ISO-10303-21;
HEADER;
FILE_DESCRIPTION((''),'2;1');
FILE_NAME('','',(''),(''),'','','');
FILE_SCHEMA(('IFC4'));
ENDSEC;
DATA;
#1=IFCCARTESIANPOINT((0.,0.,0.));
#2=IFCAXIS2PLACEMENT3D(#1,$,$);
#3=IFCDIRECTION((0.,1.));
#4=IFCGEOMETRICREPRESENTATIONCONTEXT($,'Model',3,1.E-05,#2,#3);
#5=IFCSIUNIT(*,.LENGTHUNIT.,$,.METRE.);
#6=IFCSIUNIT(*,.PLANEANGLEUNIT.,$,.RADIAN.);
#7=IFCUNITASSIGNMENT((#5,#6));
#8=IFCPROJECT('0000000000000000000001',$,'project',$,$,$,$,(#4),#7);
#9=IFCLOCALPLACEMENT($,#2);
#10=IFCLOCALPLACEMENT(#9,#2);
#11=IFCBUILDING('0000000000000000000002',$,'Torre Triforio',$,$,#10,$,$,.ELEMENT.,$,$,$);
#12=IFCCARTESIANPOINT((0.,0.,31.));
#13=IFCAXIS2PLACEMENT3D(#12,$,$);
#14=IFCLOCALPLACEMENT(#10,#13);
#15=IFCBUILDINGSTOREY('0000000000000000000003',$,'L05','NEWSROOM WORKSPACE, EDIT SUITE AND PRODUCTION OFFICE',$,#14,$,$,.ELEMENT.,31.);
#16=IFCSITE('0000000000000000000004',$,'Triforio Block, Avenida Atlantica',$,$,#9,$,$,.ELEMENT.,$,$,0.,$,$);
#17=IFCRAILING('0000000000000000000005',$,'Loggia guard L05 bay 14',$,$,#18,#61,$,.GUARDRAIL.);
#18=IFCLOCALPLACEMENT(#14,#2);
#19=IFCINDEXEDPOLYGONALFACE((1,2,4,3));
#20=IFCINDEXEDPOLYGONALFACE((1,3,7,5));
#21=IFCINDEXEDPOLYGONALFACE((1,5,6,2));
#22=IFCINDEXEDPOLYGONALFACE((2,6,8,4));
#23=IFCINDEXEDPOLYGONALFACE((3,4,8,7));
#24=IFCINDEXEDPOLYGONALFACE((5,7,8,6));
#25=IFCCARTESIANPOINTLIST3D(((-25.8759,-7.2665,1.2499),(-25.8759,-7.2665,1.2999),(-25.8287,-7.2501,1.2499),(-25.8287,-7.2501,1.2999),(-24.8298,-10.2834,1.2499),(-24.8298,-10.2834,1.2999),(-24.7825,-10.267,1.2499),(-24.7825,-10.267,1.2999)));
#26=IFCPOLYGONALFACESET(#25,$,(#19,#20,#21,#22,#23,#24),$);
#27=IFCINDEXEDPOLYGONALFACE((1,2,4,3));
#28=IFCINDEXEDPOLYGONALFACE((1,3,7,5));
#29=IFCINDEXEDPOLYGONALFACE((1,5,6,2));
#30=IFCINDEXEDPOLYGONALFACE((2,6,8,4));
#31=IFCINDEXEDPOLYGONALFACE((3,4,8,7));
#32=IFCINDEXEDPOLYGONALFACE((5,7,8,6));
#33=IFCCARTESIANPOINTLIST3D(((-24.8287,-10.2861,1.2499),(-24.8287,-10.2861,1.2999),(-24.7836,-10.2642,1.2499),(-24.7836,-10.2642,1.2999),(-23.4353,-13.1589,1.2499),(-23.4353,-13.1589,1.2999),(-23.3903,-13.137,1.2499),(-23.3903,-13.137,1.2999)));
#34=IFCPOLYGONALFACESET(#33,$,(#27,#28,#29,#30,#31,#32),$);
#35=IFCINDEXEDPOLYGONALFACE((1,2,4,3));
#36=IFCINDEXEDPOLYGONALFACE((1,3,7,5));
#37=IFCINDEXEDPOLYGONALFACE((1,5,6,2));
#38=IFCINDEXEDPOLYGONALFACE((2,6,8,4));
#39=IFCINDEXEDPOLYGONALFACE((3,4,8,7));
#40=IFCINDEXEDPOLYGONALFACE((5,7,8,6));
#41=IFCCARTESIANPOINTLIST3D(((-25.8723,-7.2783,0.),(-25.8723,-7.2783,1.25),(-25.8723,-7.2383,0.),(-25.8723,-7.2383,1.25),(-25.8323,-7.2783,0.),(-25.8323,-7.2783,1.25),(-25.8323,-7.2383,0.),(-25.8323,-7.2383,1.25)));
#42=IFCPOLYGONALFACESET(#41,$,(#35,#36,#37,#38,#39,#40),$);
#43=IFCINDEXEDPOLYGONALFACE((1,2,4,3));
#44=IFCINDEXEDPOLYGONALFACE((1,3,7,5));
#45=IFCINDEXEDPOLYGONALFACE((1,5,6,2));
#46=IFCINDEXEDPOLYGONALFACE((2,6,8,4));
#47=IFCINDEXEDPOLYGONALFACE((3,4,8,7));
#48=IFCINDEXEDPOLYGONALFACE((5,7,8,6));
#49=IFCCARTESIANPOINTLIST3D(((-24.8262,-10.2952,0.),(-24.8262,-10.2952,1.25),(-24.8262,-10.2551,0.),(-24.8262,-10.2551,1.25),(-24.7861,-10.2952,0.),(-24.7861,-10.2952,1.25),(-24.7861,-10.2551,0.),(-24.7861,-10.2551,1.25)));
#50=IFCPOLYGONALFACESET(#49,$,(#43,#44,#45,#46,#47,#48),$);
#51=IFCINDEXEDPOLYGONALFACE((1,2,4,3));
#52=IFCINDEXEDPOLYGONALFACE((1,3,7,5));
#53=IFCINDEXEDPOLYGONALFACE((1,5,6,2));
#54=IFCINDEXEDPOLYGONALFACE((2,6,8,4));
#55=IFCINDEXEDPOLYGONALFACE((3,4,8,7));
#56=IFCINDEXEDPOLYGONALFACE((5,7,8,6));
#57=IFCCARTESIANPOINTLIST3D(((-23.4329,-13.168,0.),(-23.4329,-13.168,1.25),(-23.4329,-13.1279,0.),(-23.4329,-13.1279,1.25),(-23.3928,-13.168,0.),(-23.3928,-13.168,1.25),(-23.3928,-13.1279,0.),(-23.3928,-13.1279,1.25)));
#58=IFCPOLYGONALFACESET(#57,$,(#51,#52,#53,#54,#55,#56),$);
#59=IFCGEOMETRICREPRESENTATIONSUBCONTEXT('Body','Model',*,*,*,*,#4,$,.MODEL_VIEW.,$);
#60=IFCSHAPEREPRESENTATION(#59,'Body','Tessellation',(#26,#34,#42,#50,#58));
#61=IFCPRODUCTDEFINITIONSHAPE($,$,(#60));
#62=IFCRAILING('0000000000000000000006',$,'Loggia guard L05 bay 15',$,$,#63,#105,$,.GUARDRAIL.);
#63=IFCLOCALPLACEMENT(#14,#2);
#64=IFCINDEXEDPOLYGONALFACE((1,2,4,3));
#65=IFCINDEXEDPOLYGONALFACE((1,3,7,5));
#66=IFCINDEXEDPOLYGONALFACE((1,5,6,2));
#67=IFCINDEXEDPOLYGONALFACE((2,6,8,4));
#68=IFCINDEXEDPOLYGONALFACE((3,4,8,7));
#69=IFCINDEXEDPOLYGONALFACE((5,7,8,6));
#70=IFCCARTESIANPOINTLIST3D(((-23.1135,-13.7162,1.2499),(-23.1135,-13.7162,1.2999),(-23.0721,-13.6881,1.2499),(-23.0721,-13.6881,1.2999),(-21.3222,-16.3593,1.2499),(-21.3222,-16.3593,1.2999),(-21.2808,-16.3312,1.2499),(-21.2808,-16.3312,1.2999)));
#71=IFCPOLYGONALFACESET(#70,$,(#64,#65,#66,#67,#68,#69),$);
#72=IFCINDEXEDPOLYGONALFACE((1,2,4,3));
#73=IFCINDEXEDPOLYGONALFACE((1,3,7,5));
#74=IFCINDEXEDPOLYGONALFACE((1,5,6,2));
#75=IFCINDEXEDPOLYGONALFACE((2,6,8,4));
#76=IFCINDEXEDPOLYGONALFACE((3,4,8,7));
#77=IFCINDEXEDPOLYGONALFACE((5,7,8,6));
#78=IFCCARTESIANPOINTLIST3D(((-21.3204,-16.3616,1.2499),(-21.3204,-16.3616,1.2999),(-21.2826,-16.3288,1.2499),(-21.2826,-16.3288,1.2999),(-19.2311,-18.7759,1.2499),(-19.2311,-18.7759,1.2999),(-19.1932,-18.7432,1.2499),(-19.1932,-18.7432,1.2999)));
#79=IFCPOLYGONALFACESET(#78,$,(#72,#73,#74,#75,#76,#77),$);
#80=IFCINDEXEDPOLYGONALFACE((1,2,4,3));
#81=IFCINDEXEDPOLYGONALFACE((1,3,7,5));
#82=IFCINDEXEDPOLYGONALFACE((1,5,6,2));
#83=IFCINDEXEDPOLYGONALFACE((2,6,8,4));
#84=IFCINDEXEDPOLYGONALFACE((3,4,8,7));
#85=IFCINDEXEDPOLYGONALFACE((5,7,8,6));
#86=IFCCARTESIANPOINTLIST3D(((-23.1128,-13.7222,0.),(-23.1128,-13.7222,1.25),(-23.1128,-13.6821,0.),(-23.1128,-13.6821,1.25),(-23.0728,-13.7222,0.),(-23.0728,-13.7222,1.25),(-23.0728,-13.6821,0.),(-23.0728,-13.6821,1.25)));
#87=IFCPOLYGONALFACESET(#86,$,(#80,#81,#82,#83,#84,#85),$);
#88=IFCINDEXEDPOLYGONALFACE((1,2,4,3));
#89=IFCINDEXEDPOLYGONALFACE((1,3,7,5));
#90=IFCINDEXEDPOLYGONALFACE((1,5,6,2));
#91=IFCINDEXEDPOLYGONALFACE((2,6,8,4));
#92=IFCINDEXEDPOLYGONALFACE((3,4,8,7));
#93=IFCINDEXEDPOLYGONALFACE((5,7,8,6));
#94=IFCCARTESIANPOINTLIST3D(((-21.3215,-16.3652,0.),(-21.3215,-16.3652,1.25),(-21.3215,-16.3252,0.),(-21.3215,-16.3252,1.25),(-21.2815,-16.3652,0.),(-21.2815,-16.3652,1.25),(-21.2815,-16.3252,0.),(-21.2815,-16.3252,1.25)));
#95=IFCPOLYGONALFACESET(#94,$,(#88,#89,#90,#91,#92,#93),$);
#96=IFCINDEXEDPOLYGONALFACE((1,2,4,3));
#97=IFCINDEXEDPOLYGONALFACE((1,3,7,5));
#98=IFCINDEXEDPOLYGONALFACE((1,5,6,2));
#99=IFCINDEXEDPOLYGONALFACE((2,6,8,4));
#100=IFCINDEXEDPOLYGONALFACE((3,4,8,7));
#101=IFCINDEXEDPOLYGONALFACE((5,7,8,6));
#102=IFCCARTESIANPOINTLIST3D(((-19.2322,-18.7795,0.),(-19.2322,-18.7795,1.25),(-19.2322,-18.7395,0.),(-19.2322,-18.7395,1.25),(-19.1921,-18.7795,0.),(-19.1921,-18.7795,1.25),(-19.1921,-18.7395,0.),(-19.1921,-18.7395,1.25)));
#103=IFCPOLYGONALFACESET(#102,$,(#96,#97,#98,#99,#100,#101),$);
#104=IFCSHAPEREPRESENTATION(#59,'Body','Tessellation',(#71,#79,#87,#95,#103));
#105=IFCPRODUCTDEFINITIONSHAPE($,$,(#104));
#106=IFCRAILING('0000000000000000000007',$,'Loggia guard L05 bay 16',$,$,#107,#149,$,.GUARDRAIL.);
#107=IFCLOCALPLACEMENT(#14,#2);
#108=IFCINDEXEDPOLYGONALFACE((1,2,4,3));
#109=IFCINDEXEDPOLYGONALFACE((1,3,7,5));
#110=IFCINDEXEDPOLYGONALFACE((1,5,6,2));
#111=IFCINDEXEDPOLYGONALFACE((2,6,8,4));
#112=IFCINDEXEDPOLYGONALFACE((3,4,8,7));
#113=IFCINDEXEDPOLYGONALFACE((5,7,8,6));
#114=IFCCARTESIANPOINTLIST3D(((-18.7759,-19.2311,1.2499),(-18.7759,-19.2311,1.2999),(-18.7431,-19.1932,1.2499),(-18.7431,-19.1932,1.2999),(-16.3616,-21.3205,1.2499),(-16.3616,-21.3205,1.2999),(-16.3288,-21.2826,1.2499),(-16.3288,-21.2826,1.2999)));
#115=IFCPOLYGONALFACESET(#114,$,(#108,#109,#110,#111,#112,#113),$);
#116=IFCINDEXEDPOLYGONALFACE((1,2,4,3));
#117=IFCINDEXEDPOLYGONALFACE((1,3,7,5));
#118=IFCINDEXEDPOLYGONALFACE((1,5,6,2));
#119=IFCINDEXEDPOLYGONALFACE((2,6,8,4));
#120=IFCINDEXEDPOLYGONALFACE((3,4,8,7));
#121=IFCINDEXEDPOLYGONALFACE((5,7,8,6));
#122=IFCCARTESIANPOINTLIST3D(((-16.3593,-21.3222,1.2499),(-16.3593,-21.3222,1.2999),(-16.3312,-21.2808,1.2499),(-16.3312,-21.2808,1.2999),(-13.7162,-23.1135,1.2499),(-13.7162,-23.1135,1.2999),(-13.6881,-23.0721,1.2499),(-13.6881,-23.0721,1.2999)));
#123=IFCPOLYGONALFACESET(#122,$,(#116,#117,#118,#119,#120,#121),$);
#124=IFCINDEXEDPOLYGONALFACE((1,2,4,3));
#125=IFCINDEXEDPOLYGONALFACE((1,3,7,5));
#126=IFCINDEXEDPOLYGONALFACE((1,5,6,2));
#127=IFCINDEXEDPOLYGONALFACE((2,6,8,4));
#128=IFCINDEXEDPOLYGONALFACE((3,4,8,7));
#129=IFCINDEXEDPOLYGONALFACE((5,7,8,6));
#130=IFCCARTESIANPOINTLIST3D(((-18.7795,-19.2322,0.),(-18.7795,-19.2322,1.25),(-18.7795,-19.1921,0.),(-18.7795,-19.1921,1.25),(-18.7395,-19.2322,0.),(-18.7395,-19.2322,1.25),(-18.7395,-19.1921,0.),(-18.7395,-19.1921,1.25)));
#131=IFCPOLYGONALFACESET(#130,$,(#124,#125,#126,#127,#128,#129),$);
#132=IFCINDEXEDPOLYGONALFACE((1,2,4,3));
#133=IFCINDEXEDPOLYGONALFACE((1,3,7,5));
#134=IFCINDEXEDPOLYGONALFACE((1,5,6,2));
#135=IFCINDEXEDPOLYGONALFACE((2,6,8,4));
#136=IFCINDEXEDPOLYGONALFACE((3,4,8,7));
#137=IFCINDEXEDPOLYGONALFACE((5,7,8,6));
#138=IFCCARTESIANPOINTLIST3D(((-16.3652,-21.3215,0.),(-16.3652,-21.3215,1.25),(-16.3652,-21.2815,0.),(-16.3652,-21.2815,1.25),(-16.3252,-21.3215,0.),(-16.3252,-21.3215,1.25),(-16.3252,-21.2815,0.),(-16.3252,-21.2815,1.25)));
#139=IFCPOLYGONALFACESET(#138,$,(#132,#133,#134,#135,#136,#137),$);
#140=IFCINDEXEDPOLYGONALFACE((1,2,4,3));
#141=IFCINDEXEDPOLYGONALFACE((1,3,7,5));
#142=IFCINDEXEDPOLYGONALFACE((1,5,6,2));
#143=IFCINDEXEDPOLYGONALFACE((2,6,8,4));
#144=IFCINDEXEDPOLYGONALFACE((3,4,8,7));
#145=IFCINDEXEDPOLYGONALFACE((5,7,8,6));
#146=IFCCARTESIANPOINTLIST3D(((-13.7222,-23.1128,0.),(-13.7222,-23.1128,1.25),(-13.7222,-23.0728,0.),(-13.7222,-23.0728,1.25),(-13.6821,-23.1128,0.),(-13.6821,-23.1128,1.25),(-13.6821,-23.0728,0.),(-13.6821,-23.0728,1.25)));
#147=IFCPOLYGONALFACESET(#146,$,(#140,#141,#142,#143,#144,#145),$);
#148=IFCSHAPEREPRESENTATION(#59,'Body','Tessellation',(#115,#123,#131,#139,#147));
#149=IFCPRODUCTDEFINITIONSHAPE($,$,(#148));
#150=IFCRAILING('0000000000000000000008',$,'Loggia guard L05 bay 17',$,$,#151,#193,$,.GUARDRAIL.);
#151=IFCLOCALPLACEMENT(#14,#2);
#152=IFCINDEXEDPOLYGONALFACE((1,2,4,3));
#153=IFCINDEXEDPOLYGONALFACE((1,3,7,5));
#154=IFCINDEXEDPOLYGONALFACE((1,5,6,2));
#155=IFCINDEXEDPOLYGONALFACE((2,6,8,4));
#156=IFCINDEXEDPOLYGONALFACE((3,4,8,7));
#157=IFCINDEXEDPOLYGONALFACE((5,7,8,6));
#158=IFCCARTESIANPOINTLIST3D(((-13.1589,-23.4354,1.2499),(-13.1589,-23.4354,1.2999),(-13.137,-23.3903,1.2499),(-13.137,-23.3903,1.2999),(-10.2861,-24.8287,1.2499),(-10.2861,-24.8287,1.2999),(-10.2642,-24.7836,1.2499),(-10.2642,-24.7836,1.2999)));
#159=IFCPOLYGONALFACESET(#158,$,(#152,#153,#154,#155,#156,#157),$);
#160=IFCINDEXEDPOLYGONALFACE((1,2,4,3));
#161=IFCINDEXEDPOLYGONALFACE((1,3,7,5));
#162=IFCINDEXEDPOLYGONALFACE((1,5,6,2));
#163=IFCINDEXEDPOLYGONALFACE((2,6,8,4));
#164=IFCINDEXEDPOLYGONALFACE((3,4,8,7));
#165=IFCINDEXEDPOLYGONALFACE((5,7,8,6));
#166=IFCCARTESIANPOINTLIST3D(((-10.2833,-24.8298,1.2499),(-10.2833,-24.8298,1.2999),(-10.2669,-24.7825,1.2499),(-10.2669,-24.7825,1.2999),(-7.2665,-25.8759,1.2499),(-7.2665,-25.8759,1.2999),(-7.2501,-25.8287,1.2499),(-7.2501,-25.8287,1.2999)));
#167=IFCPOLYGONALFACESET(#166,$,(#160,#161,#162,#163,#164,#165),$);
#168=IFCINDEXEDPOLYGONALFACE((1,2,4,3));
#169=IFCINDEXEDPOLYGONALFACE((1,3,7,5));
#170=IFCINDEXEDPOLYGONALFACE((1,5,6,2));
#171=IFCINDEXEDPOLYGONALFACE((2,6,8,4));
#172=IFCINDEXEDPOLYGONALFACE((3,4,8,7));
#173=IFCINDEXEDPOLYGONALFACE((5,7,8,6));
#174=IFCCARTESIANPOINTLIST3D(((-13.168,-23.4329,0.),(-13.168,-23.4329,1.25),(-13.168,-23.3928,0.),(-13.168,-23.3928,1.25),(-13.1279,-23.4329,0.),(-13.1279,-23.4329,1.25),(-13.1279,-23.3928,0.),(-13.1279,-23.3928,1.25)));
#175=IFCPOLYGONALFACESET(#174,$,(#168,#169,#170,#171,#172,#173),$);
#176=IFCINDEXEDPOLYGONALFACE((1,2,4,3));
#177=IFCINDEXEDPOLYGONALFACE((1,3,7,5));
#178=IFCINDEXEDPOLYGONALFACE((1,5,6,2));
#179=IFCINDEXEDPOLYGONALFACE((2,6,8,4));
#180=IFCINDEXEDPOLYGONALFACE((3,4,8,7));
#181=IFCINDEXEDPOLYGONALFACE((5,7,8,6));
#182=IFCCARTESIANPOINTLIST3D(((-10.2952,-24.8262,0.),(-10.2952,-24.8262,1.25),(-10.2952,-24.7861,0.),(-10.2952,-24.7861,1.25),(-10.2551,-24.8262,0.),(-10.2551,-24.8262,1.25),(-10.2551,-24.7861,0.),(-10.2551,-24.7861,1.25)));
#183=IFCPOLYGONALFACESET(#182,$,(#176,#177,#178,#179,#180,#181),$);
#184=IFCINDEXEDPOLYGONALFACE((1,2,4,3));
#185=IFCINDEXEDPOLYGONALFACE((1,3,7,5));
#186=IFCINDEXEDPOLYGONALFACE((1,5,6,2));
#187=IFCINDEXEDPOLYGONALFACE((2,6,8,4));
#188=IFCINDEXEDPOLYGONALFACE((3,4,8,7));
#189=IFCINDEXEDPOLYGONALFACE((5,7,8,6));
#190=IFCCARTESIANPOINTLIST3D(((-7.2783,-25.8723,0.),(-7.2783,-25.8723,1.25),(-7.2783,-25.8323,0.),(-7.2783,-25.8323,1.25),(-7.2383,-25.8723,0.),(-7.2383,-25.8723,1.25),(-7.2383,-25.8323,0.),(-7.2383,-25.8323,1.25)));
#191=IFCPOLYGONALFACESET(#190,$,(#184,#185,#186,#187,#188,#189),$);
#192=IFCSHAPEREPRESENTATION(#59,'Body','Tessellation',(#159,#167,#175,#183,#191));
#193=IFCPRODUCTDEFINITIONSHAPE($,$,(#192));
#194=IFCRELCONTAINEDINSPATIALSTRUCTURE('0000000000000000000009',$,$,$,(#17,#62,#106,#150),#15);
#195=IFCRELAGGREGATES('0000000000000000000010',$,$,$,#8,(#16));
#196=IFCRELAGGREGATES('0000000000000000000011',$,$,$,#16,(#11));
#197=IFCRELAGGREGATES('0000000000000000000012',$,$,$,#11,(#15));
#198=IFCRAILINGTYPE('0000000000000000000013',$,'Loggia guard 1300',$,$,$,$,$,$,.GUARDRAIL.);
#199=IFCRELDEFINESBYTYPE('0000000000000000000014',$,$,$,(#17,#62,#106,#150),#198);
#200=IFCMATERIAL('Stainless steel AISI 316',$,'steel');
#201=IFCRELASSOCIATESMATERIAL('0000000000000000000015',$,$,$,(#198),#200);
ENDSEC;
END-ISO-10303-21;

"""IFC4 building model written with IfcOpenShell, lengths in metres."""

from ifc_helpers import new_model, si_unit, direction, frame, origin, origin_2d, place, context, subcontext, project, spatial, rectangle, extrude, material, type_object, element, save


model = new_model("IFC4")

# Units and contexts
model_context = context("Model", 3, precision=1e-05, world=origin(), true_north=direction((0.0, 1.0)))
body_context = subcontext(model_context, "Body", "Model", "MODEL_VIEW")
ifc_project = project(units=[si_unit("LENGTHUNIT", "METRE"), si_unit("PLANEANGLEUNIT", "RADIAN")], contexts=[model_context])

# Site, building, storey
site_placement = place(None, origin())
site = spatial("IfcSite", under=ifc_project, at=site_placement, Name="Triforio Block, Avenida Atlantica", CompositionType="ELEMENT", RefElevation=0.0)
building_placement = place(site_placement, origin())
building = spatial("IfcBuilding", under=site, at=building_placement, Name="Torre Triforio", CompositionType="ELEMENT")
storey_placement = place(building_placement, frame((0.0, 0.0, 31.0)))
storey = spatial("IfcBuildingStorey", under=building, at=storey_placement, Name="L05", Description="NEWSROOM WORKSPACE, EDIT SUITE AND PRODUCTION OFFICE", CompositionType="ELEMENT", Elevation=31.0)

# Railings
ifc_material_1 = material(Name="Stainless steel AISI 316", Category="steel")
railing_type = type_object("IfcRailingType", Name="Loggia guard 1300", PredefinedType="GUARDRAIL", material=ifc_material_1)
railing_1_placement = place(storey_placement, frame((-25.8523, -7.2583, 0.0)))
element("IfcRailing", 1, at=railing_1_placement, inside=storey, type_object=railing_type, Name="Loggia guard L05 bay 14", PredefinedType="GUARDRAIL", context=body_context, shape_type="SweptSolid", body=[
    extrude(rectangle(XDim=0.05, YDim=0.05, at=origin_2d()), frame((0.0, 0.0, 1.2749), z_axis=(0.327628, -0.944807, 0.0), x_axis=(0.944807, 0.327628, 0.0)), (0.0, 0.0, 1.0), 3.1931),
    extrude(rectangle(XDim=0.05, YDim=0.05, at=origin_2d()), frame((1.0461, -3.0168, 1.2749), z_axis=(0.436384, -0.89976, 0.0), x_axis=(0.89976, 0.436384, 0.0)), (0.0, 0.0, 1.0), 3.1929),
    extrude(rectangle(XDim=0.04, YDim=0.04, at=origin_2d()), origin(), (0.0, 0.0, 1.0), 1.25),
    extrude(rectangle(XDim=0.04, YDim=0.04, at=origin_2d()), frame((1.0461, -3.0168, 0.0)), (0.0, 0.0, 1.0), 1.25),
    extrude(rectangle(XDim=0.04, YDim=0.04, at=origin_2d()), frame((2.4395, -5.8896, 0.0)), (0.0, 0.0, 1.0), 1.25),
])
railing_2_placement = place(storey_placement, frame((-23.0928, -13.7021, 0.0)))
element("IfcRailing", 2, at=railing_2_placement, inside=storey, type_object=railing_type, Name="Loggia guard L05 bay 15", PredefinedType="GUARDRAIL", context=body_context, shape_type="SweptSolid", body=[
    extrude(rectangle(XDim=0.05, YDim=0.05, at=origin_2d()), frame((0.0, 0.0, 1.2749), z_axis=(0.561019, -0.827803, 0.0), x_axis=(0.827803, 0.561019, 0.0)), (0.0, 0.0, 1.0), 3.1929),
    extrude(rectangle(XDim=0.05, YDim=0.05, at=origin_2d()), frame((1.7913, -2.6431, 1.2749), z_axis=(0.654386, -0.756161, 0.0), x_axis=(0.756161, 0.654386, 0.0)), (0.0, 0.0, 1.0), 3.1929),
    extrude(rectangle(XDim=0.04, YDim=0.04, at=origin_2d()), origin(), (0.0, 0.0, 1.0), 1.25),
    extrude(rectangle(XDim=0.04, YDim=0.04, at=origin_2d()), frame((1.7913, -2.6431, 0.0)), (0.0, 0.0, 1.0), 1.25),
    extrude(rectangle(XDim=0.04, YDim=0.04, at=origin_2d()), frame((3.8806, -5.0574, 0.0)), (0.0, 0.0, 1.0), 1.25),
])
railing_3_placement = place(storey_placement, frame((-18.7595, -19.2122, 0.0)))
element("IfcRailing", 3, at=railing_3_placement, inside=storey, type_object=railing_type, Name="Loggia guard L05 bay 16", PredefinedType="GUARDRAIL", context=body_context, shape_type="SweptSolid", body=[
    extrude(rectangle(XDim=0.05, YDim=0.05, at=origin_2d()), frame((0.0, 0.0, 1.2749), z_axis=(0.756161, -0.654386, 0.0), x_axis=(0.654386, 0.756161, 0.0)), (0.0, 0.0, 1.0), 3.1929),
    extrude(rectangle(XDim=0.05, YDim=0.05, at=origin_2d()), frame((2.4143, -2.0894, 1.2749), z_axis=(0.827803, -0.561019, 0.0), x_axis=(0.561019, 0.827803, 0.0)), (0.0, 0.0, 1.0), 3.1929),
    extrude(rectangle(XDim=0.04, YDim=0.04, at=origin_2d()), origin(), (0.0, 0.0, 1.0), 1.25),
    extrude(rectangle(XDim=0.04, YDim=0.04, at=origin_2d()), frame((2.4143, -2.0894, 0.0)), (0.0, 0.0, 1.0), 1.25),
    extrude(rectangle(XDim=0.04, YDim=0.04, at=origin_2d()), frame((5.0574, -3.8806, 0.0)), (0.0, 0.0, 1.0), 1.25),
])
railing_4_placement = place(storey_placement, frame((-13.1479, -23.4128, 0.0)))
element("IfcRailing", 4, at=railing_4_placement, inside=storey, type_object=railing_type, Name="Loggia guard L05 bay 17", PredefinedType="GUARDRAIL", context=body_context, shape_type="SweptSolid", body=[
    extrude(rectangle(XDim=0.05, YDim=0.05, at=origin_2d()), frame((0.0, 0.0, 1.2749), z_axis=(0.89976, -0.436384, 0.0), x_axis=(0.436384, 0.89976, 0.0)), (0.0, 0.0, 1.0), 3.1929),
    extrude(rectangle(XDim=0.05, YDim=0.05, at=origin_2d()), frame((2.8728, -1.3933, 1.2749), z_axis=(0.944807, -0.327628, 0.0), x_axis=(0.327628, 0.944807, 0.0)), (0.0, 0.0, 1.0), 3.1931),
    extrude(rectangle(XDim=0.04, YDim=0.04, at=origin_2d()), origin(), (0.0, 0.0, 1.0), 1.25),
    extrude(rectangle(XDim=0.04, YDim=0.04, at=origin_2d()), frame((2.8728, -1.3933, 0.0)), (0.0, 0.0, 1.0), 1.25),
    extrude(rectangle(XDim=0.04, YDim=0.04, at=origin_2d()), frame((5.8896, -2.4395, 0.0)), (0.0, 0.0, 1.0), 1.25),
])

save(model, "model.ifc")
